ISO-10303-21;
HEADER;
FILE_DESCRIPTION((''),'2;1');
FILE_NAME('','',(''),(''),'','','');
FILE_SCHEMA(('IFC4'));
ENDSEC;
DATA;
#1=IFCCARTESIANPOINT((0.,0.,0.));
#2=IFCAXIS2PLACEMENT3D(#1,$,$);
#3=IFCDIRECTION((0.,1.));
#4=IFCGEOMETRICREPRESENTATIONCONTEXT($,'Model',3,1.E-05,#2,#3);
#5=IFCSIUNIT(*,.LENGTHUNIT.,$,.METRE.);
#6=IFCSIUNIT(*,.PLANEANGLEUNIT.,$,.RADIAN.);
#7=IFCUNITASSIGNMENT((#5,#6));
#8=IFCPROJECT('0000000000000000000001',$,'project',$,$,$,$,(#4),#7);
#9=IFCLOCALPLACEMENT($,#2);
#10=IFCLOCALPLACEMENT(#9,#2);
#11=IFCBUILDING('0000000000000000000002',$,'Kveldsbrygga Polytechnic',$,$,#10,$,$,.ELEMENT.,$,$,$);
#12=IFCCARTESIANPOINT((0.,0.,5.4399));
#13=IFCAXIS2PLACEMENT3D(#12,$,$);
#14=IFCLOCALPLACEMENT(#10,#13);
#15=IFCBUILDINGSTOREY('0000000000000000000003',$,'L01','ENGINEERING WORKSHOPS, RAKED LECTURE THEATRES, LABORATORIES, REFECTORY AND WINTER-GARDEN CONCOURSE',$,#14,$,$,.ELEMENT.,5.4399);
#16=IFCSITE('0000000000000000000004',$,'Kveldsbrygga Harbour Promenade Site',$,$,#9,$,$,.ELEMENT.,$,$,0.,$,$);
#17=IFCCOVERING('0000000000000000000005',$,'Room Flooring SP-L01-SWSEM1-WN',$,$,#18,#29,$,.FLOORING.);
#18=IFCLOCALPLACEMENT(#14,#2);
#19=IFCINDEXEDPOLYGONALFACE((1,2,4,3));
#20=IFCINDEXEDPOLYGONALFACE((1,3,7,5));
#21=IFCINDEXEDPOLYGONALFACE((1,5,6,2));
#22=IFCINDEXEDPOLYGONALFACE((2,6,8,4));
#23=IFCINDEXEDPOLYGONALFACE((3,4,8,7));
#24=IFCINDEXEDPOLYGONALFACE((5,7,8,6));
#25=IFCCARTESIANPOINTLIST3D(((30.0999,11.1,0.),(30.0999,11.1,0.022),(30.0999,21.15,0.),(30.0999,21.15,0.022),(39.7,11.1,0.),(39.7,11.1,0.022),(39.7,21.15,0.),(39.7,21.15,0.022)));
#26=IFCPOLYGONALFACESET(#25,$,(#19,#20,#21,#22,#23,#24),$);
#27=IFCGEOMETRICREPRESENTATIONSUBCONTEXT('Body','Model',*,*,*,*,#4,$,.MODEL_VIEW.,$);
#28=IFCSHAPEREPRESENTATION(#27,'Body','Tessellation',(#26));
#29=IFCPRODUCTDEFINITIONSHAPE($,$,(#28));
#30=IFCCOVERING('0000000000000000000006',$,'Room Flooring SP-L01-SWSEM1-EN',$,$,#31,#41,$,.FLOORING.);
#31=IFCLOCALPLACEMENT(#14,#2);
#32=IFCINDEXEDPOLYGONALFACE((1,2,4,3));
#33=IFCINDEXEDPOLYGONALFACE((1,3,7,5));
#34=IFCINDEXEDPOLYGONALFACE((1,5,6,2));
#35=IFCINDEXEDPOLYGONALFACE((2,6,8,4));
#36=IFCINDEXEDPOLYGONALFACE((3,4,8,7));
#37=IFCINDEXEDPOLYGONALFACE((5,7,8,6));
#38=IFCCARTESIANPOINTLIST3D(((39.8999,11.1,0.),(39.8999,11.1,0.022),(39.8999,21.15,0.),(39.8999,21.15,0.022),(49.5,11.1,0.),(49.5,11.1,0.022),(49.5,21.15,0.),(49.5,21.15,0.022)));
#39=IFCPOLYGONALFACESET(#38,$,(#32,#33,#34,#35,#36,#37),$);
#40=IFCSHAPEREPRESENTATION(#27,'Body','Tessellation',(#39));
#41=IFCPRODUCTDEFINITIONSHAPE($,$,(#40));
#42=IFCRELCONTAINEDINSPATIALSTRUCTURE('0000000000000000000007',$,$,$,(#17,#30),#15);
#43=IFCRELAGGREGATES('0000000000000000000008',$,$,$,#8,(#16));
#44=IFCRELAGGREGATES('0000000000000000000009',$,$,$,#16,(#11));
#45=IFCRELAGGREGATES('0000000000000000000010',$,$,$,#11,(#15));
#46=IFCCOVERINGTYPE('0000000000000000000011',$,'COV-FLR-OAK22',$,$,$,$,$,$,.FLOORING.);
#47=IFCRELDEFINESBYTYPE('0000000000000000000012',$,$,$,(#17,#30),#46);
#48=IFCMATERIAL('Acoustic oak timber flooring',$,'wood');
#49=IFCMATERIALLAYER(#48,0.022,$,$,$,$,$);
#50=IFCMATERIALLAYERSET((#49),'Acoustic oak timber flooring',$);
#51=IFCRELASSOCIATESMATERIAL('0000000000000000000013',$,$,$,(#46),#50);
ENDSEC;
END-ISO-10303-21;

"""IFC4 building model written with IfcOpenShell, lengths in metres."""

from ifc_helpers import new_model, si_unit, direction, frame, origin, origin_2d, place, context, subcontext, project, spatial, rectangle, extrude, material, layer, layer_set, type_object, element, save


model = new_model("IFC4")

# Units and contexts
model_context = context("Model", 3, precision=1e-05, world=origin(), true_north=direction((0.0, 1.0)))
body_context = subcontext(model_context, "Body", "Model", "MODEL_VIEW")
ifc_project = project(units=[si_unit("LENGTHUNIT", "METRE"), si_unit("PLANEANGLEUNIT", "RADIAN")], contexts=[model_context])

# Site, building, storey
site_placement = place(None, origin())
site = spatial("IfcSite", under=ifc_project, at=site_placement, Name="Kveldsbrygga Harbour Promenade Site", CompositionType="ELEMENT", RefElevation=0.0)
building_placement = place(site_placement, origin())
building = spatial("IfcBuilding", under=site, at=building_placement, Name="Kveldsbrygga Polytechnic", CompositionType="ELEMENT")
storey_placement = place(building_placement, frame((0.0, 0.0, 5.4399)))
storey = spatial("IfcBuildingStorey", under=building, at=storey_placement, Name="L01", Description="ENGINEERING WORKSHOPS, RAKED LECTURE THEATRES, LABORATORIES, REFECTORY AND WINTER-GARDEN CONCOURSE", CompositionType="ELEMENT", Elevation=5.4399)

# Coverings
ifc_material_1 = material(Name="Acoustic oak timber flooring", Category="wood")
ifc_layer_1 = layer(ifc_material_1, 0.022)
ifc_layer_set_1 = layer_set([ifc_layer_1], Name="Acoustic oak timber flooring")
covering_type = type_object("IfcCoveringType", Name="COV-FLR-OAK22", PredefinedType="FLOORING", material=ifc_layer_set_1)
for number, where, z_axis, x_axis, name in (
    (1, (34.8999, 16.125, 0.0), (0.0, 0.0, 1.0), (1.0, 0.0, 0.0), "Room Flooring SP-L01-SWSEM1-WN"),
    (2, (44.7, 16.125, 0.0), (0.0, 0.0, 1.0), (1.0, 0.0, 0.0), "Room Flooring SP-L01-SWSEM1-EN"),
):
    element("IfcCovering", number, at=place(storey_placement, frame(where, z_axis=z_axis, x_axis=x_axis)), inside=storey, type_object=covering_type, Name=name, PredefinedType="FLOORING", context=body_context, shape_type="SweptSolid", body=[
        extrude(rectangle(XDim=9.6001, YDim=10.05, at=origin_2d()), origin(), (0.0, 0.0, 1.0), 0.022),
    ])

save(model, "model.ifc")
